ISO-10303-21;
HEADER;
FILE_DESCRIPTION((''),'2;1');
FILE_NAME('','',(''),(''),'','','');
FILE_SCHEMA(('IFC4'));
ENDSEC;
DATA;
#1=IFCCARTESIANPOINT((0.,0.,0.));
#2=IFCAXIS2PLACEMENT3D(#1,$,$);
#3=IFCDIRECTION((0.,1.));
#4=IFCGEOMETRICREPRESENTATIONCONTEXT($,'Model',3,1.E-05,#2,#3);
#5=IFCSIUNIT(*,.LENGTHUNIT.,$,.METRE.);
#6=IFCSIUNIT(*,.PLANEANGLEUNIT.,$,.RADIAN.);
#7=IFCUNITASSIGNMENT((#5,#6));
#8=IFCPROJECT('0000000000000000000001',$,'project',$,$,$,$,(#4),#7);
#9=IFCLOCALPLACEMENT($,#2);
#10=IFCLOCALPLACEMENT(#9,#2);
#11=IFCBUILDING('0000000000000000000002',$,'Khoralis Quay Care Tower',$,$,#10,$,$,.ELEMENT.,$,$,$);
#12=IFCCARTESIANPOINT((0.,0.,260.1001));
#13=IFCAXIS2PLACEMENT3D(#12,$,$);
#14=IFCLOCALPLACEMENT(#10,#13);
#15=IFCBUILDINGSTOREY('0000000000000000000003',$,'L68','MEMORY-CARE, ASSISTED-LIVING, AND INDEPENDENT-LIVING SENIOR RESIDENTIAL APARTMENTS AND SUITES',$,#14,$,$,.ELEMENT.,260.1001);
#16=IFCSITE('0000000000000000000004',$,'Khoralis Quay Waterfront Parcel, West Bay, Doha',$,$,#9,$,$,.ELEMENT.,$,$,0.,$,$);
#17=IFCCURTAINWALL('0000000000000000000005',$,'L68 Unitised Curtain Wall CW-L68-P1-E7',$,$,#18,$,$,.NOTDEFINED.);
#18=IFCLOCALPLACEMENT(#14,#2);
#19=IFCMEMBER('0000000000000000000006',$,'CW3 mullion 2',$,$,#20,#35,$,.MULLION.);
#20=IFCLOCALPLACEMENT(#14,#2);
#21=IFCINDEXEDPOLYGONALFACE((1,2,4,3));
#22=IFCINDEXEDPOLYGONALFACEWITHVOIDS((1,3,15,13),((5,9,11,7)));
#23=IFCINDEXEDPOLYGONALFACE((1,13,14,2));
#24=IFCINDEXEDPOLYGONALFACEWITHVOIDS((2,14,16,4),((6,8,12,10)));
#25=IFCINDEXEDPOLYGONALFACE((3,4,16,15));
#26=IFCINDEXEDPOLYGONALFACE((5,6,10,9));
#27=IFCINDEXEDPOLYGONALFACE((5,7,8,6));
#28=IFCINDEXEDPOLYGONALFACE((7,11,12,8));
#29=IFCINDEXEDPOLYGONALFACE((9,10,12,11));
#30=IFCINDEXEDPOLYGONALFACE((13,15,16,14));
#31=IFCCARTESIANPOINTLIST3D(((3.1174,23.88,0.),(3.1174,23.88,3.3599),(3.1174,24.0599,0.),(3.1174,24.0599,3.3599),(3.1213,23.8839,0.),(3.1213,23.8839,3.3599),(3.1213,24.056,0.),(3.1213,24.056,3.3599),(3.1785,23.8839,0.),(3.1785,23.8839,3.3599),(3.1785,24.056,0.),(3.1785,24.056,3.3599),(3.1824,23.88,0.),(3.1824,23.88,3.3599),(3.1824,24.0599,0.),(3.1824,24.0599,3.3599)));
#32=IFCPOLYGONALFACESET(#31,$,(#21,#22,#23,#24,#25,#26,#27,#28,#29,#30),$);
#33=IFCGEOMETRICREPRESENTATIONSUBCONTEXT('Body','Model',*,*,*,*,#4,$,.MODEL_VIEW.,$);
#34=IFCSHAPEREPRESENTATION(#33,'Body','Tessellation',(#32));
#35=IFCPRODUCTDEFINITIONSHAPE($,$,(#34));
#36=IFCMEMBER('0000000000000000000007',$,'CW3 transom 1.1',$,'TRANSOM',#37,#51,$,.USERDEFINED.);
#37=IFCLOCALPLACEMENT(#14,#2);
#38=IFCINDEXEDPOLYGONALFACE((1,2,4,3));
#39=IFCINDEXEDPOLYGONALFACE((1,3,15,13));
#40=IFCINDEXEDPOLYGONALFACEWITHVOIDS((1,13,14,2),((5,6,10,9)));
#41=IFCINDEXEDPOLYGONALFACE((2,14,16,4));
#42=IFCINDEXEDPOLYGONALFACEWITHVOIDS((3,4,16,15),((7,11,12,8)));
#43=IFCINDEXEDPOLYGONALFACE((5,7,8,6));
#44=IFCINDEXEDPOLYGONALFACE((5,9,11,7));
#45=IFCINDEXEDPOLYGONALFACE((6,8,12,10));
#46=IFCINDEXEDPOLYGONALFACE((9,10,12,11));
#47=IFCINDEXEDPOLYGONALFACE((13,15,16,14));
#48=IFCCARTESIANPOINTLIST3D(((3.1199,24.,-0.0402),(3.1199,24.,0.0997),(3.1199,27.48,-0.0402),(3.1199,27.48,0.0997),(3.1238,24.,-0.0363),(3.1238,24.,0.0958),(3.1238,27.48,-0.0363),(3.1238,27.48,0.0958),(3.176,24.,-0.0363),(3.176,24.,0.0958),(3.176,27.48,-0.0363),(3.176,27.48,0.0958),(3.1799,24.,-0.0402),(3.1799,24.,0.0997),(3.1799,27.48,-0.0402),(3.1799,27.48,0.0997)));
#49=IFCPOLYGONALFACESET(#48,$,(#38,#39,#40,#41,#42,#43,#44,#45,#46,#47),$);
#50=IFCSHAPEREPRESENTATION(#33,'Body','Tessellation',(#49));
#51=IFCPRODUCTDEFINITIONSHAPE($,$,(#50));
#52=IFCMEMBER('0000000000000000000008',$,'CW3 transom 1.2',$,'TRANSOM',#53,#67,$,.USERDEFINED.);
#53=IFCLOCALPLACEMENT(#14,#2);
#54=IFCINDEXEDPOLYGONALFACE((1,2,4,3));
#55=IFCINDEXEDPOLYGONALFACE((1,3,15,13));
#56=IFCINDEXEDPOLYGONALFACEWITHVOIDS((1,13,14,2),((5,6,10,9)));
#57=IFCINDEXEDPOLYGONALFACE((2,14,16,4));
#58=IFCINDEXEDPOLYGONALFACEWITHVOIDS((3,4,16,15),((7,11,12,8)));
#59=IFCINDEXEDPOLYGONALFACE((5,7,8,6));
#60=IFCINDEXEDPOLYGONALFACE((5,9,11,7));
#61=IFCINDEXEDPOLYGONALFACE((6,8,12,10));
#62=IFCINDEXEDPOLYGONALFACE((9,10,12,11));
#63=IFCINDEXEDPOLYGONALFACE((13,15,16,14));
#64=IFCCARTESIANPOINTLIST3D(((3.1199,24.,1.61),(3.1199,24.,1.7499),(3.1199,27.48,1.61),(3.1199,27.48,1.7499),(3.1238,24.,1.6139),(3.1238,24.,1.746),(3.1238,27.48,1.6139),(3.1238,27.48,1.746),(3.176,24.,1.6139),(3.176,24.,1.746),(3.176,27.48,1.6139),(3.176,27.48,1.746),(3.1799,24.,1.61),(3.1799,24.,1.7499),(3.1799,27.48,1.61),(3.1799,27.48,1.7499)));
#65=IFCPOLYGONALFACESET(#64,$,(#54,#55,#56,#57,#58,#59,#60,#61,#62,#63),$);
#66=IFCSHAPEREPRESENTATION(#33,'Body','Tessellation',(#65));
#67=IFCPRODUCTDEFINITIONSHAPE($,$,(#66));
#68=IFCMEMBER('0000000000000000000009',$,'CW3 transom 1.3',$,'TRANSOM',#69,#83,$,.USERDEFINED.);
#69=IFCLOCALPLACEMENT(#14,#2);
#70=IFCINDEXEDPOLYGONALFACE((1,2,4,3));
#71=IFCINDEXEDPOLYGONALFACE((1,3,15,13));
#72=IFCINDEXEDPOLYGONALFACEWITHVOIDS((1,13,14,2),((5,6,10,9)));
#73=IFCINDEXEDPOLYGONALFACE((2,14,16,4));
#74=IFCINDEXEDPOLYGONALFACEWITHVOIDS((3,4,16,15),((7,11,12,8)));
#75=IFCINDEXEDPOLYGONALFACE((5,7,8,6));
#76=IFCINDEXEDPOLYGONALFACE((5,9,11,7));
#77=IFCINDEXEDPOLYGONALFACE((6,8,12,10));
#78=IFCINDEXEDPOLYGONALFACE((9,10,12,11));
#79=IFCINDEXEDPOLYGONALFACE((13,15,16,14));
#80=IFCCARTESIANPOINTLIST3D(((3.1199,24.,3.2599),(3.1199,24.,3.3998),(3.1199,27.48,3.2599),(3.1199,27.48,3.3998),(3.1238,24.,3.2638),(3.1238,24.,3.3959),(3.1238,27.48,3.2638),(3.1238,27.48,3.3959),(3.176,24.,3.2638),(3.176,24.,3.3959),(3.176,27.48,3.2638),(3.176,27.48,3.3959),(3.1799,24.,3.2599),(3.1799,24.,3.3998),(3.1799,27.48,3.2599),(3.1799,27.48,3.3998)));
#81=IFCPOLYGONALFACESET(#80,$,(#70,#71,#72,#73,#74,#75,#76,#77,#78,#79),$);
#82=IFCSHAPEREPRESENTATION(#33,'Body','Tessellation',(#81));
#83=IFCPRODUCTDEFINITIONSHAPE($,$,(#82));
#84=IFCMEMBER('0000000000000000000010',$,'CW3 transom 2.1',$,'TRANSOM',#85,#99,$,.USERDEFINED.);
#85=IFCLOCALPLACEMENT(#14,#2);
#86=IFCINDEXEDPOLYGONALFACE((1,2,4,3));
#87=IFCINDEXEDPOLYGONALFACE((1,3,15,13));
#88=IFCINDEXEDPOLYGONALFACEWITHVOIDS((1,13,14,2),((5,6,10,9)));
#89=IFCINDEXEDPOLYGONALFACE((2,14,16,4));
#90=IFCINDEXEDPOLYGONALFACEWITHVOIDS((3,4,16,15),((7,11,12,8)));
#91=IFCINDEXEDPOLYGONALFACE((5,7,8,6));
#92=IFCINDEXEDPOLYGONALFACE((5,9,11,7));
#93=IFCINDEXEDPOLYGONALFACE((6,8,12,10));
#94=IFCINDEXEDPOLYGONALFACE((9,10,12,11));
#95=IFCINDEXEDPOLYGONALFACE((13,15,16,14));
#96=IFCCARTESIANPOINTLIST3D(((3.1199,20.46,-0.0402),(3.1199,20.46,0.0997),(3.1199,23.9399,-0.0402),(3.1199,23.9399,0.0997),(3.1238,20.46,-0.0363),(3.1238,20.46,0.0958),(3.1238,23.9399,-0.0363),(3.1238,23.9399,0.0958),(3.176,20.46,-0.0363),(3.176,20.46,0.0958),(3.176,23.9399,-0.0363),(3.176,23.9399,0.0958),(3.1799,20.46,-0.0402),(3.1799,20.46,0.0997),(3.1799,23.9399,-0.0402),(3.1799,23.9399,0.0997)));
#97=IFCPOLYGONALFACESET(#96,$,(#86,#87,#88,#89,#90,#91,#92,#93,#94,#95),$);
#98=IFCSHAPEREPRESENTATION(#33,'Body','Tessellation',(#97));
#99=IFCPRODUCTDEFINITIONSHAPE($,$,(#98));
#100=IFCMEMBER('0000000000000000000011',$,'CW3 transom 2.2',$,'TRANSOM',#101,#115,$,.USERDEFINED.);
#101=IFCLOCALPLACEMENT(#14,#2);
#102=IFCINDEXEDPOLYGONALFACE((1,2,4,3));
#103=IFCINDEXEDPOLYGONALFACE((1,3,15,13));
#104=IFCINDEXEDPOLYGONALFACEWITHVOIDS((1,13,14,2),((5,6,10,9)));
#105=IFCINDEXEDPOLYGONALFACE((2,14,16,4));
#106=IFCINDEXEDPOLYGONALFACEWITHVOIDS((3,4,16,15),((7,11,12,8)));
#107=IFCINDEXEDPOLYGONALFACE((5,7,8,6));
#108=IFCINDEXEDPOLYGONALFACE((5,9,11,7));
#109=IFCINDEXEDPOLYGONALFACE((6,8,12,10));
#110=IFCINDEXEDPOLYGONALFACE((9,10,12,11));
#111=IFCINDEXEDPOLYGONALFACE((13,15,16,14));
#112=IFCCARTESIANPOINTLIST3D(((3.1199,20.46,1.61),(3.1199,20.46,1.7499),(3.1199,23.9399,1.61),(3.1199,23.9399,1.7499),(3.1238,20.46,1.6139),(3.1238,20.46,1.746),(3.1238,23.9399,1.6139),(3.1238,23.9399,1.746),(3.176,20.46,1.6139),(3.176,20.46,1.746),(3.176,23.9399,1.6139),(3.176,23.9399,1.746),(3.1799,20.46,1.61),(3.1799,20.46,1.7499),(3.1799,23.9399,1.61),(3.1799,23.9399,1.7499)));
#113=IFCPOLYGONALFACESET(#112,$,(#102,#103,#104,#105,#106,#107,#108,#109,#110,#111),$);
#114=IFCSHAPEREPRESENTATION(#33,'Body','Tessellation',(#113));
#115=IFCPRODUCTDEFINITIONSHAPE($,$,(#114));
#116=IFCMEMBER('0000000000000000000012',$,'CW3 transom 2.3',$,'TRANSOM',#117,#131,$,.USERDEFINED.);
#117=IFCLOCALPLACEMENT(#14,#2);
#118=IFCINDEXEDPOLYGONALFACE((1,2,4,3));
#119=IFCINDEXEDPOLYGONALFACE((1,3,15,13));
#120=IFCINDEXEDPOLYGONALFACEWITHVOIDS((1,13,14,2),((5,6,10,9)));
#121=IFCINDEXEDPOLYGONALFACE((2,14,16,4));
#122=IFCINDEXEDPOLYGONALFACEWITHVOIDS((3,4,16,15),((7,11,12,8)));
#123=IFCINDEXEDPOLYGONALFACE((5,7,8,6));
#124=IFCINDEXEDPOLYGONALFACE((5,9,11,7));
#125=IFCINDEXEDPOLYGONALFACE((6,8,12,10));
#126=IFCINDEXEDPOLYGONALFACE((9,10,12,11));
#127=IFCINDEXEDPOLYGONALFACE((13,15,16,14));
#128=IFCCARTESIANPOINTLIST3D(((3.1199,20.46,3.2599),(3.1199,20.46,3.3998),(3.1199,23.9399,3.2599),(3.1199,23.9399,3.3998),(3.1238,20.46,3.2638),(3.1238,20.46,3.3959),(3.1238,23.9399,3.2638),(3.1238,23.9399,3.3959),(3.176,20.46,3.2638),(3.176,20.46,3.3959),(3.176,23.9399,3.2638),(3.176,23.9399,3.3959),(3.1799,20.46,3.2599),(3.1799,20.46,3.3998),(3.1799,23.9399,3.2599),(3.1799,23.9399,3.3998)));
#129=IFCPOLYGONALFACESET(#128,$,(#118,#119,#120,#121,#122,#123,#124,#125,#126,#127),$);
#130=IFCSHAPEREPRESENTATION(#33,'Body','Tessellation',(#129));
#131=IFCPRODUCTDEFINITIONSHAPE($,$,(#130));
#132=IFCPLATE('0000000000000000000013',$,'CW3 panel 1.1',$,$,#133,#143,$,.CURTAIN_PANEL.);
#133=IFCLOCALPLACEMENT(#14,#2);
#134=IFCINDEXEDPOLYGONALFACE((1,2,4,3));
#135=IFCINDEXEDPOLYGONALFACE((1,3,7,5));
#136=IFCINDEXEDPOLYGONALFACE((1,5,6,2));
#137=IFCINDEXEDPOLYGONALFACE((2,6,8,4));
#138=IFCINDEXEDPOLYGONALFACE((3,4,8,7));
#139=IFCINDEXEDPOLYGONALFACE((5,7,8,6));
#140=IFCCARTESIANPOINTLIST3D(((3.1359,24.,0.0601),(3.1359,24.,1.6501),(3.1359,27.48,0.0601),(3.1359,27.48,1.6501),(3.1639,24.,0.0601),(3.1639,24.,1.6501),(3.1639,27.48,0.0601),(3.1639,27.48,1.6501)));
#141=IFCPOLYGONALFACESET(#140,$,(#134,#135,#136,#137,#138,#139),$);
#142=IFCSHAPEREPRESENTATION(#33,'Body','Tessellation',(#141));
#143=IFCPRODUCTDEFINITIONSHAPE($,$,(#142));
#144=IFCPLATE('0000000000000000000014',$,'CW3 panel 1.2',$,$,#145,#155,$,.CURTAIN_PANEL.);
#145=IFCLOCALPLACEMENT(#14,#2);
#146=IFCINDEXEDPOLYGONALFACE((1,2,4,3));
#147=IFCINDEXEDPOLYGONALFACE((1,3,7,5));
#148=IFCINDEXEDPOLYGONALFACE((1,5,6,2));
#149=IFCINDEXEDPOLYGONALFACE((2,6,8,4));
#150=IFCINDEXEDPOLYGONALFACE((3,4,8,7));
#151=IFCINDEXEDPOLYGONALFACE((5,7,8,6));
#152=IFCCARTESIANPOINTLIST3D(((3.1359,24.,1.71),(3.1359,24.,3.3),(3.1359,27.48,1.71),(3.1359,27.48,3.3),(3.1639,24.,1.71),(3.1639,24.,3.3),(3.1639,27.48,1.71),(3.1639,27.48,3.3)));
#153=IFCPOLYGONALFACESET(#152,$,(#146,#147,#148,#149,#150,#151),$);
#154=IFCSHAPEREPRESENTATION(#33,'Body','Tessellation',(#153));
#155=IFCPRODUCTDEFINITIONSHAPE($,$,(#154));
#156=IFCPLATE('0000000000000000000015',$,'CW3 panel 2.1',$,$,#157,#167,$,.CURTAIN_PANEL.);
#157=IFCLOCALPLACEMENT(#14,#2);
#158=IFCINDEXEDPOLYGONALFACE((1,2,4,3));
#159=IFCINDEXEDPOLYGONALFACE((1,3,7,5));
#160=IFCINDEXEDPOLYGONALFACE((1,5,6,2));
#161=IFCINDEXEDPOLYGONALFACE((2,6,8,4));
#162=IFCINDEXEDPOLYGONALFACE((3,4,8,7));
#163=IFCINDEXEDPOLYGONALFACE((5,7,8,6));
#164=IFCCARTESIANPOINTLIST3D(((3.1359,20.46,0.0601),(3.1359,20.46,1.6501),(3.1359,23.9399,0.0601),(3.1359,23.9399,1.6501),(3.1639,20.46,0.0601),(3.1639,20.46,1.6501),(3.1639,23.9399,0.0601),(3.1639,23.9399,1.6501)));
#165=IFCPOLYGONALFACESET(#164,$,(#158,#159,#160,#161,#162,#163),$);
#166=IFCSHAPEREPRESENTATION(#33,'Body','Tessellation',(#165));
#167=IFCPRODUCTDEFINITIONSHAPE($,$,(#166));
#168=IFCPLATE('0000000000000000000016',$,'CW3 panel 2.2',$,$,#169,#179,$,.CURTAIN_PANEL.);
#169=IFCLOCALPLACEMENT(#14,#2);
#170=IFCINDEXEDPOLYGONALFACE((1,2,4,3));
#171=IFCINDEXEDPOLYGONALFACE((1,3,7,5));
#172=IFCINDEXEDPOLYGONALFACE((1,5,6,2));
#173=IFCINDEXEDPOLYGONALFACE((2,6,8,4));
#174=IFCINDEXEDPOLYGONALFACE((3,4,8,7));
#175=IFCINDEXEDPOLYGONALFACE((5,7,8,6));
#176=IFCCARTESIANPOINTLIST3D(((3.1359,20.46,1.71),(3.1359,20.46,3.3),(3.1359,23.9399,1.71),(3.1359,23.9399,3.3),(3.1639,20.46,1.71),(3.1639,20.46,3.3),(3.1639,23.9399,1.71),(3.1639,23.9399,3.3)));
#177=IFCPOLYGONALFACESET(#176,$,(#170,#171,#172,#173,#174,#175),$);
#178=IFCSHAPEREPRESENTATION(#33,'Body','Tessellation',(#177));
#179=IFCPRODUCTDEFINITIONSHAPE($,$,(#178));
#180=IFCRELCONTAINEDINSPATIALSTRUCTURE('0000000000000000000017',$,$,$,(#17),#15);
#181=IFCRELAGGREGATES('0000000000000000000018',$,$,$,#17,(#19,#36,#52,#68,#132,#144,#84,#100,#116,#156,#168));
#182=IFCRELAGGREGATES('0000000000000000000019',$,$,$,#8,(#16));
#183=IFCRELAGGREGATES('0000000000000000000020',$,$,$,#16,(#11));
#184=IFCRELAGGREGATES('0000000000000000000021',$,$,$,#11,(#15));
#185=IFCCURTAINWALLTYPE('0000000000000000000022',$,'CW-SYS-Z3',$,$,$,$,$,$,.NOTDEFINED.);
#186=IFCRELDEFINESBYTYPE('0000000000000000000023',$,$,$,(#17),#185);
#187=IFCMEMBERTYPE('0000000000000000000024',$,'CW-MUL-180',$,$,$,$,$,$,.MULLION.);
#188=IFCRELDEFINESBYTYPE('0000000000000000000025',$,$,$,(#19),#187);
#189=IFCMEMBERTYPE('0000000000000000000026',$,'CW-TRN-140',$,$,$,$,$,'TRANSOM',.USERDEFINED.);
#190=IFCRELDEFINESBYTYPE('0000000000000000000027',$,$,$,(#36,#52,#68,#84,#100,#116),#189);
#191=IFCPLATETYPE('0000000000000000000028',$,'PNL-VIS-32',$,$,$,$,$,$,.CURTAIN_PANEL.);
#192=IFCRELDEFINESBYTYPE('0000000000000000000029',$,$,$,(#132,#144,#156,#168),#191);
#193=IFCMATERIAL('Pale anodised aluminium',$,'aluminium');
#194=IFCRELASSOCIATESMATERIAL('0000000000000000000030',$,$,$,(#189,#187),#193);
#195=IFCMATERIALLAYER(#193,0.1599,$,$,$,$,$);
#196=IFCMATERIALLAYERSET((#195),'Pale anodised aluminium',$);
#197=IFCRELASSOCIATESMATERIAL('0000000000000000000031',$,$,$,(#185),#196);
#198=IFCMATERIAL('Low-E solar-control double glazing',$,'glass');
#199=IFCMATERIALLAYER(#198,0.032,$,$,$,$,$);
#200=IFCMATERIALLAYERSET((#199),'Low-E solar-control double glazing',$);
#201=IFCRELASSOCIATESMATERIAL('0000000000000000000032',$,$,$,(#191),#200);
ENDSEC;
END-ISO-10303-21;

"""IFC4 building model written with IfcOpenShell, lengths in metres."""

from ifc_helpers import new_model, si_unit, direction, frame, origin, origin_2d, place, context, subcontext, project, spatial, rectangle, hollow_rectangle, extrude, source, transform, mapped, material, layer, layer_set, material_profile, profile_set, type_object, element, aggregate, save


model = new_model("IFC4")

# Units and contexts
model_context = context("Model", 3, precision=1e-05, world=origin(), true_north=direction((0.0, 1.0)))
body_context = subcontext(model_context, "Body", "Model", "MODEL_VIEW")
ifc_project = project(units=[si_unit("LENGTHUNIT", "METRE"), si_unit("PLANEANGLEUNIT", "RADIAN")], contexts=[model_context])

# Site, building, storey
site_placement = place(None, origin())
site = spatial("IfcSite", under=ifc_project, at=site_placement, Name="Khoralis Quay Waterfront Parcel, West Bay, Doha", CompositionType="ELEMENT", RefElevation=0.0)
building_placement = place(site_placement, origin())
building = spatial("IfcBuilding", under=site, at=building_placement, Name="Khoralis Quay Care Tower", CompositionType="ELEMENT")
storey_placement = place(building_placement, frame((0.0, 0.0, 260.1001)))
storey = spatial("IfcBuildingStorey", under=building, at=storey_placement, Name="L68", Description="MEMORY-CARE, ASSISTED-LIVING, AND INDEPENDENT-LIVING SENIOR RESIDENTIAL APARTMENTS AND SUITES", CompositionType="ELEMENT", Elevation=260.1001)

# Shared definitions
ifc_material_1 = material(Name="Pale anodised aluminium", Category="aluminium")
ifc_material_profile_1 = material_profile(ifc_material_1, hollow_rectangle(XDim=0.0601, YDim=0.1399, WallThickness=0.0039, at=origin_2d()), Name="Pale anodised aluminium")
ifc_profile_set_1 = profile_set([ifc_material_profile_1], Name="Pale anodised aluminium")
member_type_1 = type_object("IfcMemberType", Name="CW-TRN-140", ElementType="TRANSOM", PredefinedType="USERDEFINED", material=ifc_profile_set_1)

# Curtain wall, members, plates
ifc_layer_1 = layer(ifc_material_1, 0.1599)
ifc_layer_set_1 = layer_set([ifc_layer_1], Name="Pale anodised aluminium")
curtain_wall_type_1 = type_object("IfcCurtainWallType", Name="CW-SYS-Z3", PredefinedType="NOTDEFINED", material=ifc_layer_set_1)
curtain_wall_1_placement = place(storey_placement, origin())
curtain_wall_1 = element("IfcCurtainWall", 1, at=curtain_wall_1_placement, inside=storey, type_object=curtain_wall_type_1, Name="L68 Unitised Curtain Wall CW-L68-P1-E7", PredefinedType="NOTDEFINED")
ifc_material_profile_2 = material_profile(ifc_material_1, hollow_rectangle(XDim=0.0649, YDim=0.1799, WallThickness=0.0039, at=origin_2d()), Name="Pale anodised aluminium")
ifc_profile_set_2 = profile_set([ifc_material_profile_2], Name="Pale anodised aluminium")
member_type_2 = type_object("IfcMemberType", Name="CW-MUL-180", PredefinedType="MULLION", material=ifc_profile_set_2)
shared_shape_1 = source(origin(), body_context, "Body", "SweptSolid", [
    extrude(hollow_rectangle(XDim=0.0649, YDim=0.1799, WallThickness=0.0039, at=origin_2d()), origin(), (0.0, 0.0, 1.0), 3.3599),
])
member_1_placement = place(storey_placement, frame((3.1499, 23.97, 0.0), z_axis=(0.0, 0.0, 1.0), x_axis=(1.0, 0.0, 0.0)))
member_1 = element("IfcMember", 2, at=member_1_placement, type_object=member_type_2, Name="CW3 mullion 2", PredefinedType="MULLION", context=body_context, shape_type="MappedRepresentation", body=[
    mapped(shared_shape_1, transform((0.0, 0.0, 0.0), scale=1.0)),
])
shared_shape_2 = source(origin(), body_context, "Body", "SweptSolid", [
    extrude(hollow_rectangle(XDim=0.0601, YDim=0.1399, WallThickness=0.0039, at=origin_2d()), origin(), (0.0, 0.0, 1.0), 3.48),
])
member_2_placement = place(storey_placement, frame((3.1499, 27.48, 0.0298), z_axis=(0.0, -1.0, 0.0), x_axis=(1.0, 0.0, 0.0)))
member_2 = element("IfcMember", 3, at=member_2_placement, type_object=member_type_1, Name="CW3 transom 1.1", ObjectType="TRANSOM", PredefinedType="USERDEFINED", context=body_context, shape_type="MappedRepresentation", body=[
    mapped(shared_shape_2, transform((0.0, 0.0, 0.0), scale=1.0)),
])
member_3_placement = place(storey_placement, frame((3.1499, 27.48, 1.6799), z_axis=(0.0, -1.0, 0.0), x_axis=(1.0, 0.0, 0.0)))
member_3 = element("IfcMember", 4, at=member_3_placement, type_object=member_type_1, Name="CW3 transom 1.2", ObjectType="TRANSOM", PredefinedType="USERDEFINED", context=body_context, shape_type="MappedRepresentation", body=[
    mapped(shared_shape_2, transform((0.0, 0.0, 0.0), scale=1.0)),
])
member_4_placement = place(storey_placement, frame((3.1499, 27.48, 3.3298), z_axis=(0.0, -1.0, 0.0), x_axis=(1.0, 0.0, 0.0)))
member_4 = element("IfcMember", 5, at=member_4_placement, type_object=member_type_1, Name="CW3 transom 1.3", ObjectType="TRANSOM", PredefinedType="USERDEFINED", context=body_context, shape_type="MappedRepresentation", body=[
    mapped(shared_shape_2, transform((0.0, 0.0, 0.0), scale=1.0)),
])
member_5_placement = place(storey_placement, frame((3.1499, 23.9399, 0.0298), z_axis=(0.0, -1.0, 0.0), x_axis=(1.0, 0.0, 0.0)))
member_5 = element("IfcMember", 6, at=member_5_placement, type_object=member_type_1, Name="CW3 transom 2.1", ObjectType="TRANSOM", PredefinedType="USERDEFINED", context=body_context, shape_type="MappedRepresentation", body=[
    mapped(shared_shape_2, transform((0.0, 0.0, 0.0), scale=1.0)),
])
member_6_placement = place(storey_placement, frame((3.1499, 23.9399, 1.6799), z_axis=(0.0, -1.0, 0.0), x_axis=(1.0, 0.0, 0.0)))
member_6 = element("IfcMember", 7, at=member_6_placement, type_object=member_type_1, Name="CW3 transom 2.2", ObjectType="TRANSOM", PredefinedType="USERDEFINED", context=body_context, shape_type="MappedRepresentation", body=[
    mapped(shared_shape_2, transform((0.0, 0.0, 0.0), scale=1.0)),
])
member_7_placement = place(storey_placement, frame((3.1499, 23.9399, 3.3298), z_axis=(0.0, -1.0, 0.0), x_axis=(1.0, 0.0, 0.0)))
member_7 = element("IfcMember", 8, at=member_7_placement, type_object=member_type_1, Name="CW3 transom 2.3", ObjectType="TRANSOM", PredefinedType="USERDEFINED", context=body_context, shape_type="MappedRepresentation", body=[
    mapped(shared_shape_2, transform((0.0, 0.0, 0.0), scale=1.0)),
])
ifc_material_2 = material(Name="Low-E solar-control double glazing", Category="glass")
ifc_layer_2 = layer(ifc_material_2, 0.032)
ifc_layer_set_2 = layer_set([ifc_layer_2], Name="Low-E solar-control double glazing")
plate_type = type_object("IfcPlateType", Name="PNL-VIS-32", PredefinedType="CURTAIN_PANEL", material=ifc_layer_set_2)
shared_shape_3 = source(origin(), body_context, "Body", "SweptSolid", [
    extrude(rectangle(XDim=3.48, YDim=0.0281, at=origin_2d()), origin(), (0.0, 0.0, 1.0), 1.5901),
])
plate_1_placement = place(storey_placement, frame((3.1499, 25.74, 0.0601), z_axis=(0.0, 0.0, 1.0), x_axis=(0.0, -1.0, 0.0)))
plate_1 = element("IfcPlate", 9, at=plate_1_placement, type_object=plate_type, Name="CW3 panel 1.1", PredefinedType="CURTAIN_PANEL", context=body_context, shape_type="MappedRepresentation", body=[
    mapped(shared_shape_3, transform((0.0, 0.0, 0.0), scale=1.0)),
])
plate_2_placement = place(storey_placement, frame((3.1499, 25.74, 1.71), z_axis=(0.0, 0.0, 1.0), x_axis=(0.0, -1.0, 0.0)))
plate_2 = element("IfcPlate", 10, at=plate_2_placement, type_object=plate_type, Name="CW3 panel 1.2", PredefinedType="CURTAIN_PANEL", context=body_context, shape_type="MappedRepresentation", body=[
    mapped(shared_shape_3, transform((0.0, 0.0, 0.0), scale=1.0)),
])
plate_3_placement = place(storey_placement, frame((3.1499, 22.2, 0.0601), z_axis=(0.0, 0.0, 1.0), x_axis=(0.0, -1.0, 0.0)))
plate_3 = element("IfcPlate", 11, at=plate_3_placement, type_object=plate_type, Name="CW3 panel 2.1", PredefinedType="CURTAIN_PANEL", context=body_context, shape_type="MappedRepresentation", body=[
    mapped(shared_shape_3, transform((0.0, 0.0, 0.0), scale=1.0)),
])
plate_4_placement = place(storey_placement, frame((3.1499, 22.2, 1.71), z_axis=(0.0, 0.0, 1.0), x_axis=(0.0, -1.0, 0.0)))
plate_4 = element("IfcPlate", 12, at=plate_4_placement, type_object=plate_type, Name="CW3 panel 2.2", PredefinedType="CURTAIN_PANEL", context=body_context, shape_type="MappedRepresentation", body=[
    mapped(shared_shape_3, transform((0.0, 0.0, 0.0), scale=1.0)),
])
aggregate(curtain_wall_1, [member_1, member_2, member_3, member_4, plate_1, plate_2, member_5, member_6, member_7, plate_3, plate_4])

save(model, "model.ifc")
